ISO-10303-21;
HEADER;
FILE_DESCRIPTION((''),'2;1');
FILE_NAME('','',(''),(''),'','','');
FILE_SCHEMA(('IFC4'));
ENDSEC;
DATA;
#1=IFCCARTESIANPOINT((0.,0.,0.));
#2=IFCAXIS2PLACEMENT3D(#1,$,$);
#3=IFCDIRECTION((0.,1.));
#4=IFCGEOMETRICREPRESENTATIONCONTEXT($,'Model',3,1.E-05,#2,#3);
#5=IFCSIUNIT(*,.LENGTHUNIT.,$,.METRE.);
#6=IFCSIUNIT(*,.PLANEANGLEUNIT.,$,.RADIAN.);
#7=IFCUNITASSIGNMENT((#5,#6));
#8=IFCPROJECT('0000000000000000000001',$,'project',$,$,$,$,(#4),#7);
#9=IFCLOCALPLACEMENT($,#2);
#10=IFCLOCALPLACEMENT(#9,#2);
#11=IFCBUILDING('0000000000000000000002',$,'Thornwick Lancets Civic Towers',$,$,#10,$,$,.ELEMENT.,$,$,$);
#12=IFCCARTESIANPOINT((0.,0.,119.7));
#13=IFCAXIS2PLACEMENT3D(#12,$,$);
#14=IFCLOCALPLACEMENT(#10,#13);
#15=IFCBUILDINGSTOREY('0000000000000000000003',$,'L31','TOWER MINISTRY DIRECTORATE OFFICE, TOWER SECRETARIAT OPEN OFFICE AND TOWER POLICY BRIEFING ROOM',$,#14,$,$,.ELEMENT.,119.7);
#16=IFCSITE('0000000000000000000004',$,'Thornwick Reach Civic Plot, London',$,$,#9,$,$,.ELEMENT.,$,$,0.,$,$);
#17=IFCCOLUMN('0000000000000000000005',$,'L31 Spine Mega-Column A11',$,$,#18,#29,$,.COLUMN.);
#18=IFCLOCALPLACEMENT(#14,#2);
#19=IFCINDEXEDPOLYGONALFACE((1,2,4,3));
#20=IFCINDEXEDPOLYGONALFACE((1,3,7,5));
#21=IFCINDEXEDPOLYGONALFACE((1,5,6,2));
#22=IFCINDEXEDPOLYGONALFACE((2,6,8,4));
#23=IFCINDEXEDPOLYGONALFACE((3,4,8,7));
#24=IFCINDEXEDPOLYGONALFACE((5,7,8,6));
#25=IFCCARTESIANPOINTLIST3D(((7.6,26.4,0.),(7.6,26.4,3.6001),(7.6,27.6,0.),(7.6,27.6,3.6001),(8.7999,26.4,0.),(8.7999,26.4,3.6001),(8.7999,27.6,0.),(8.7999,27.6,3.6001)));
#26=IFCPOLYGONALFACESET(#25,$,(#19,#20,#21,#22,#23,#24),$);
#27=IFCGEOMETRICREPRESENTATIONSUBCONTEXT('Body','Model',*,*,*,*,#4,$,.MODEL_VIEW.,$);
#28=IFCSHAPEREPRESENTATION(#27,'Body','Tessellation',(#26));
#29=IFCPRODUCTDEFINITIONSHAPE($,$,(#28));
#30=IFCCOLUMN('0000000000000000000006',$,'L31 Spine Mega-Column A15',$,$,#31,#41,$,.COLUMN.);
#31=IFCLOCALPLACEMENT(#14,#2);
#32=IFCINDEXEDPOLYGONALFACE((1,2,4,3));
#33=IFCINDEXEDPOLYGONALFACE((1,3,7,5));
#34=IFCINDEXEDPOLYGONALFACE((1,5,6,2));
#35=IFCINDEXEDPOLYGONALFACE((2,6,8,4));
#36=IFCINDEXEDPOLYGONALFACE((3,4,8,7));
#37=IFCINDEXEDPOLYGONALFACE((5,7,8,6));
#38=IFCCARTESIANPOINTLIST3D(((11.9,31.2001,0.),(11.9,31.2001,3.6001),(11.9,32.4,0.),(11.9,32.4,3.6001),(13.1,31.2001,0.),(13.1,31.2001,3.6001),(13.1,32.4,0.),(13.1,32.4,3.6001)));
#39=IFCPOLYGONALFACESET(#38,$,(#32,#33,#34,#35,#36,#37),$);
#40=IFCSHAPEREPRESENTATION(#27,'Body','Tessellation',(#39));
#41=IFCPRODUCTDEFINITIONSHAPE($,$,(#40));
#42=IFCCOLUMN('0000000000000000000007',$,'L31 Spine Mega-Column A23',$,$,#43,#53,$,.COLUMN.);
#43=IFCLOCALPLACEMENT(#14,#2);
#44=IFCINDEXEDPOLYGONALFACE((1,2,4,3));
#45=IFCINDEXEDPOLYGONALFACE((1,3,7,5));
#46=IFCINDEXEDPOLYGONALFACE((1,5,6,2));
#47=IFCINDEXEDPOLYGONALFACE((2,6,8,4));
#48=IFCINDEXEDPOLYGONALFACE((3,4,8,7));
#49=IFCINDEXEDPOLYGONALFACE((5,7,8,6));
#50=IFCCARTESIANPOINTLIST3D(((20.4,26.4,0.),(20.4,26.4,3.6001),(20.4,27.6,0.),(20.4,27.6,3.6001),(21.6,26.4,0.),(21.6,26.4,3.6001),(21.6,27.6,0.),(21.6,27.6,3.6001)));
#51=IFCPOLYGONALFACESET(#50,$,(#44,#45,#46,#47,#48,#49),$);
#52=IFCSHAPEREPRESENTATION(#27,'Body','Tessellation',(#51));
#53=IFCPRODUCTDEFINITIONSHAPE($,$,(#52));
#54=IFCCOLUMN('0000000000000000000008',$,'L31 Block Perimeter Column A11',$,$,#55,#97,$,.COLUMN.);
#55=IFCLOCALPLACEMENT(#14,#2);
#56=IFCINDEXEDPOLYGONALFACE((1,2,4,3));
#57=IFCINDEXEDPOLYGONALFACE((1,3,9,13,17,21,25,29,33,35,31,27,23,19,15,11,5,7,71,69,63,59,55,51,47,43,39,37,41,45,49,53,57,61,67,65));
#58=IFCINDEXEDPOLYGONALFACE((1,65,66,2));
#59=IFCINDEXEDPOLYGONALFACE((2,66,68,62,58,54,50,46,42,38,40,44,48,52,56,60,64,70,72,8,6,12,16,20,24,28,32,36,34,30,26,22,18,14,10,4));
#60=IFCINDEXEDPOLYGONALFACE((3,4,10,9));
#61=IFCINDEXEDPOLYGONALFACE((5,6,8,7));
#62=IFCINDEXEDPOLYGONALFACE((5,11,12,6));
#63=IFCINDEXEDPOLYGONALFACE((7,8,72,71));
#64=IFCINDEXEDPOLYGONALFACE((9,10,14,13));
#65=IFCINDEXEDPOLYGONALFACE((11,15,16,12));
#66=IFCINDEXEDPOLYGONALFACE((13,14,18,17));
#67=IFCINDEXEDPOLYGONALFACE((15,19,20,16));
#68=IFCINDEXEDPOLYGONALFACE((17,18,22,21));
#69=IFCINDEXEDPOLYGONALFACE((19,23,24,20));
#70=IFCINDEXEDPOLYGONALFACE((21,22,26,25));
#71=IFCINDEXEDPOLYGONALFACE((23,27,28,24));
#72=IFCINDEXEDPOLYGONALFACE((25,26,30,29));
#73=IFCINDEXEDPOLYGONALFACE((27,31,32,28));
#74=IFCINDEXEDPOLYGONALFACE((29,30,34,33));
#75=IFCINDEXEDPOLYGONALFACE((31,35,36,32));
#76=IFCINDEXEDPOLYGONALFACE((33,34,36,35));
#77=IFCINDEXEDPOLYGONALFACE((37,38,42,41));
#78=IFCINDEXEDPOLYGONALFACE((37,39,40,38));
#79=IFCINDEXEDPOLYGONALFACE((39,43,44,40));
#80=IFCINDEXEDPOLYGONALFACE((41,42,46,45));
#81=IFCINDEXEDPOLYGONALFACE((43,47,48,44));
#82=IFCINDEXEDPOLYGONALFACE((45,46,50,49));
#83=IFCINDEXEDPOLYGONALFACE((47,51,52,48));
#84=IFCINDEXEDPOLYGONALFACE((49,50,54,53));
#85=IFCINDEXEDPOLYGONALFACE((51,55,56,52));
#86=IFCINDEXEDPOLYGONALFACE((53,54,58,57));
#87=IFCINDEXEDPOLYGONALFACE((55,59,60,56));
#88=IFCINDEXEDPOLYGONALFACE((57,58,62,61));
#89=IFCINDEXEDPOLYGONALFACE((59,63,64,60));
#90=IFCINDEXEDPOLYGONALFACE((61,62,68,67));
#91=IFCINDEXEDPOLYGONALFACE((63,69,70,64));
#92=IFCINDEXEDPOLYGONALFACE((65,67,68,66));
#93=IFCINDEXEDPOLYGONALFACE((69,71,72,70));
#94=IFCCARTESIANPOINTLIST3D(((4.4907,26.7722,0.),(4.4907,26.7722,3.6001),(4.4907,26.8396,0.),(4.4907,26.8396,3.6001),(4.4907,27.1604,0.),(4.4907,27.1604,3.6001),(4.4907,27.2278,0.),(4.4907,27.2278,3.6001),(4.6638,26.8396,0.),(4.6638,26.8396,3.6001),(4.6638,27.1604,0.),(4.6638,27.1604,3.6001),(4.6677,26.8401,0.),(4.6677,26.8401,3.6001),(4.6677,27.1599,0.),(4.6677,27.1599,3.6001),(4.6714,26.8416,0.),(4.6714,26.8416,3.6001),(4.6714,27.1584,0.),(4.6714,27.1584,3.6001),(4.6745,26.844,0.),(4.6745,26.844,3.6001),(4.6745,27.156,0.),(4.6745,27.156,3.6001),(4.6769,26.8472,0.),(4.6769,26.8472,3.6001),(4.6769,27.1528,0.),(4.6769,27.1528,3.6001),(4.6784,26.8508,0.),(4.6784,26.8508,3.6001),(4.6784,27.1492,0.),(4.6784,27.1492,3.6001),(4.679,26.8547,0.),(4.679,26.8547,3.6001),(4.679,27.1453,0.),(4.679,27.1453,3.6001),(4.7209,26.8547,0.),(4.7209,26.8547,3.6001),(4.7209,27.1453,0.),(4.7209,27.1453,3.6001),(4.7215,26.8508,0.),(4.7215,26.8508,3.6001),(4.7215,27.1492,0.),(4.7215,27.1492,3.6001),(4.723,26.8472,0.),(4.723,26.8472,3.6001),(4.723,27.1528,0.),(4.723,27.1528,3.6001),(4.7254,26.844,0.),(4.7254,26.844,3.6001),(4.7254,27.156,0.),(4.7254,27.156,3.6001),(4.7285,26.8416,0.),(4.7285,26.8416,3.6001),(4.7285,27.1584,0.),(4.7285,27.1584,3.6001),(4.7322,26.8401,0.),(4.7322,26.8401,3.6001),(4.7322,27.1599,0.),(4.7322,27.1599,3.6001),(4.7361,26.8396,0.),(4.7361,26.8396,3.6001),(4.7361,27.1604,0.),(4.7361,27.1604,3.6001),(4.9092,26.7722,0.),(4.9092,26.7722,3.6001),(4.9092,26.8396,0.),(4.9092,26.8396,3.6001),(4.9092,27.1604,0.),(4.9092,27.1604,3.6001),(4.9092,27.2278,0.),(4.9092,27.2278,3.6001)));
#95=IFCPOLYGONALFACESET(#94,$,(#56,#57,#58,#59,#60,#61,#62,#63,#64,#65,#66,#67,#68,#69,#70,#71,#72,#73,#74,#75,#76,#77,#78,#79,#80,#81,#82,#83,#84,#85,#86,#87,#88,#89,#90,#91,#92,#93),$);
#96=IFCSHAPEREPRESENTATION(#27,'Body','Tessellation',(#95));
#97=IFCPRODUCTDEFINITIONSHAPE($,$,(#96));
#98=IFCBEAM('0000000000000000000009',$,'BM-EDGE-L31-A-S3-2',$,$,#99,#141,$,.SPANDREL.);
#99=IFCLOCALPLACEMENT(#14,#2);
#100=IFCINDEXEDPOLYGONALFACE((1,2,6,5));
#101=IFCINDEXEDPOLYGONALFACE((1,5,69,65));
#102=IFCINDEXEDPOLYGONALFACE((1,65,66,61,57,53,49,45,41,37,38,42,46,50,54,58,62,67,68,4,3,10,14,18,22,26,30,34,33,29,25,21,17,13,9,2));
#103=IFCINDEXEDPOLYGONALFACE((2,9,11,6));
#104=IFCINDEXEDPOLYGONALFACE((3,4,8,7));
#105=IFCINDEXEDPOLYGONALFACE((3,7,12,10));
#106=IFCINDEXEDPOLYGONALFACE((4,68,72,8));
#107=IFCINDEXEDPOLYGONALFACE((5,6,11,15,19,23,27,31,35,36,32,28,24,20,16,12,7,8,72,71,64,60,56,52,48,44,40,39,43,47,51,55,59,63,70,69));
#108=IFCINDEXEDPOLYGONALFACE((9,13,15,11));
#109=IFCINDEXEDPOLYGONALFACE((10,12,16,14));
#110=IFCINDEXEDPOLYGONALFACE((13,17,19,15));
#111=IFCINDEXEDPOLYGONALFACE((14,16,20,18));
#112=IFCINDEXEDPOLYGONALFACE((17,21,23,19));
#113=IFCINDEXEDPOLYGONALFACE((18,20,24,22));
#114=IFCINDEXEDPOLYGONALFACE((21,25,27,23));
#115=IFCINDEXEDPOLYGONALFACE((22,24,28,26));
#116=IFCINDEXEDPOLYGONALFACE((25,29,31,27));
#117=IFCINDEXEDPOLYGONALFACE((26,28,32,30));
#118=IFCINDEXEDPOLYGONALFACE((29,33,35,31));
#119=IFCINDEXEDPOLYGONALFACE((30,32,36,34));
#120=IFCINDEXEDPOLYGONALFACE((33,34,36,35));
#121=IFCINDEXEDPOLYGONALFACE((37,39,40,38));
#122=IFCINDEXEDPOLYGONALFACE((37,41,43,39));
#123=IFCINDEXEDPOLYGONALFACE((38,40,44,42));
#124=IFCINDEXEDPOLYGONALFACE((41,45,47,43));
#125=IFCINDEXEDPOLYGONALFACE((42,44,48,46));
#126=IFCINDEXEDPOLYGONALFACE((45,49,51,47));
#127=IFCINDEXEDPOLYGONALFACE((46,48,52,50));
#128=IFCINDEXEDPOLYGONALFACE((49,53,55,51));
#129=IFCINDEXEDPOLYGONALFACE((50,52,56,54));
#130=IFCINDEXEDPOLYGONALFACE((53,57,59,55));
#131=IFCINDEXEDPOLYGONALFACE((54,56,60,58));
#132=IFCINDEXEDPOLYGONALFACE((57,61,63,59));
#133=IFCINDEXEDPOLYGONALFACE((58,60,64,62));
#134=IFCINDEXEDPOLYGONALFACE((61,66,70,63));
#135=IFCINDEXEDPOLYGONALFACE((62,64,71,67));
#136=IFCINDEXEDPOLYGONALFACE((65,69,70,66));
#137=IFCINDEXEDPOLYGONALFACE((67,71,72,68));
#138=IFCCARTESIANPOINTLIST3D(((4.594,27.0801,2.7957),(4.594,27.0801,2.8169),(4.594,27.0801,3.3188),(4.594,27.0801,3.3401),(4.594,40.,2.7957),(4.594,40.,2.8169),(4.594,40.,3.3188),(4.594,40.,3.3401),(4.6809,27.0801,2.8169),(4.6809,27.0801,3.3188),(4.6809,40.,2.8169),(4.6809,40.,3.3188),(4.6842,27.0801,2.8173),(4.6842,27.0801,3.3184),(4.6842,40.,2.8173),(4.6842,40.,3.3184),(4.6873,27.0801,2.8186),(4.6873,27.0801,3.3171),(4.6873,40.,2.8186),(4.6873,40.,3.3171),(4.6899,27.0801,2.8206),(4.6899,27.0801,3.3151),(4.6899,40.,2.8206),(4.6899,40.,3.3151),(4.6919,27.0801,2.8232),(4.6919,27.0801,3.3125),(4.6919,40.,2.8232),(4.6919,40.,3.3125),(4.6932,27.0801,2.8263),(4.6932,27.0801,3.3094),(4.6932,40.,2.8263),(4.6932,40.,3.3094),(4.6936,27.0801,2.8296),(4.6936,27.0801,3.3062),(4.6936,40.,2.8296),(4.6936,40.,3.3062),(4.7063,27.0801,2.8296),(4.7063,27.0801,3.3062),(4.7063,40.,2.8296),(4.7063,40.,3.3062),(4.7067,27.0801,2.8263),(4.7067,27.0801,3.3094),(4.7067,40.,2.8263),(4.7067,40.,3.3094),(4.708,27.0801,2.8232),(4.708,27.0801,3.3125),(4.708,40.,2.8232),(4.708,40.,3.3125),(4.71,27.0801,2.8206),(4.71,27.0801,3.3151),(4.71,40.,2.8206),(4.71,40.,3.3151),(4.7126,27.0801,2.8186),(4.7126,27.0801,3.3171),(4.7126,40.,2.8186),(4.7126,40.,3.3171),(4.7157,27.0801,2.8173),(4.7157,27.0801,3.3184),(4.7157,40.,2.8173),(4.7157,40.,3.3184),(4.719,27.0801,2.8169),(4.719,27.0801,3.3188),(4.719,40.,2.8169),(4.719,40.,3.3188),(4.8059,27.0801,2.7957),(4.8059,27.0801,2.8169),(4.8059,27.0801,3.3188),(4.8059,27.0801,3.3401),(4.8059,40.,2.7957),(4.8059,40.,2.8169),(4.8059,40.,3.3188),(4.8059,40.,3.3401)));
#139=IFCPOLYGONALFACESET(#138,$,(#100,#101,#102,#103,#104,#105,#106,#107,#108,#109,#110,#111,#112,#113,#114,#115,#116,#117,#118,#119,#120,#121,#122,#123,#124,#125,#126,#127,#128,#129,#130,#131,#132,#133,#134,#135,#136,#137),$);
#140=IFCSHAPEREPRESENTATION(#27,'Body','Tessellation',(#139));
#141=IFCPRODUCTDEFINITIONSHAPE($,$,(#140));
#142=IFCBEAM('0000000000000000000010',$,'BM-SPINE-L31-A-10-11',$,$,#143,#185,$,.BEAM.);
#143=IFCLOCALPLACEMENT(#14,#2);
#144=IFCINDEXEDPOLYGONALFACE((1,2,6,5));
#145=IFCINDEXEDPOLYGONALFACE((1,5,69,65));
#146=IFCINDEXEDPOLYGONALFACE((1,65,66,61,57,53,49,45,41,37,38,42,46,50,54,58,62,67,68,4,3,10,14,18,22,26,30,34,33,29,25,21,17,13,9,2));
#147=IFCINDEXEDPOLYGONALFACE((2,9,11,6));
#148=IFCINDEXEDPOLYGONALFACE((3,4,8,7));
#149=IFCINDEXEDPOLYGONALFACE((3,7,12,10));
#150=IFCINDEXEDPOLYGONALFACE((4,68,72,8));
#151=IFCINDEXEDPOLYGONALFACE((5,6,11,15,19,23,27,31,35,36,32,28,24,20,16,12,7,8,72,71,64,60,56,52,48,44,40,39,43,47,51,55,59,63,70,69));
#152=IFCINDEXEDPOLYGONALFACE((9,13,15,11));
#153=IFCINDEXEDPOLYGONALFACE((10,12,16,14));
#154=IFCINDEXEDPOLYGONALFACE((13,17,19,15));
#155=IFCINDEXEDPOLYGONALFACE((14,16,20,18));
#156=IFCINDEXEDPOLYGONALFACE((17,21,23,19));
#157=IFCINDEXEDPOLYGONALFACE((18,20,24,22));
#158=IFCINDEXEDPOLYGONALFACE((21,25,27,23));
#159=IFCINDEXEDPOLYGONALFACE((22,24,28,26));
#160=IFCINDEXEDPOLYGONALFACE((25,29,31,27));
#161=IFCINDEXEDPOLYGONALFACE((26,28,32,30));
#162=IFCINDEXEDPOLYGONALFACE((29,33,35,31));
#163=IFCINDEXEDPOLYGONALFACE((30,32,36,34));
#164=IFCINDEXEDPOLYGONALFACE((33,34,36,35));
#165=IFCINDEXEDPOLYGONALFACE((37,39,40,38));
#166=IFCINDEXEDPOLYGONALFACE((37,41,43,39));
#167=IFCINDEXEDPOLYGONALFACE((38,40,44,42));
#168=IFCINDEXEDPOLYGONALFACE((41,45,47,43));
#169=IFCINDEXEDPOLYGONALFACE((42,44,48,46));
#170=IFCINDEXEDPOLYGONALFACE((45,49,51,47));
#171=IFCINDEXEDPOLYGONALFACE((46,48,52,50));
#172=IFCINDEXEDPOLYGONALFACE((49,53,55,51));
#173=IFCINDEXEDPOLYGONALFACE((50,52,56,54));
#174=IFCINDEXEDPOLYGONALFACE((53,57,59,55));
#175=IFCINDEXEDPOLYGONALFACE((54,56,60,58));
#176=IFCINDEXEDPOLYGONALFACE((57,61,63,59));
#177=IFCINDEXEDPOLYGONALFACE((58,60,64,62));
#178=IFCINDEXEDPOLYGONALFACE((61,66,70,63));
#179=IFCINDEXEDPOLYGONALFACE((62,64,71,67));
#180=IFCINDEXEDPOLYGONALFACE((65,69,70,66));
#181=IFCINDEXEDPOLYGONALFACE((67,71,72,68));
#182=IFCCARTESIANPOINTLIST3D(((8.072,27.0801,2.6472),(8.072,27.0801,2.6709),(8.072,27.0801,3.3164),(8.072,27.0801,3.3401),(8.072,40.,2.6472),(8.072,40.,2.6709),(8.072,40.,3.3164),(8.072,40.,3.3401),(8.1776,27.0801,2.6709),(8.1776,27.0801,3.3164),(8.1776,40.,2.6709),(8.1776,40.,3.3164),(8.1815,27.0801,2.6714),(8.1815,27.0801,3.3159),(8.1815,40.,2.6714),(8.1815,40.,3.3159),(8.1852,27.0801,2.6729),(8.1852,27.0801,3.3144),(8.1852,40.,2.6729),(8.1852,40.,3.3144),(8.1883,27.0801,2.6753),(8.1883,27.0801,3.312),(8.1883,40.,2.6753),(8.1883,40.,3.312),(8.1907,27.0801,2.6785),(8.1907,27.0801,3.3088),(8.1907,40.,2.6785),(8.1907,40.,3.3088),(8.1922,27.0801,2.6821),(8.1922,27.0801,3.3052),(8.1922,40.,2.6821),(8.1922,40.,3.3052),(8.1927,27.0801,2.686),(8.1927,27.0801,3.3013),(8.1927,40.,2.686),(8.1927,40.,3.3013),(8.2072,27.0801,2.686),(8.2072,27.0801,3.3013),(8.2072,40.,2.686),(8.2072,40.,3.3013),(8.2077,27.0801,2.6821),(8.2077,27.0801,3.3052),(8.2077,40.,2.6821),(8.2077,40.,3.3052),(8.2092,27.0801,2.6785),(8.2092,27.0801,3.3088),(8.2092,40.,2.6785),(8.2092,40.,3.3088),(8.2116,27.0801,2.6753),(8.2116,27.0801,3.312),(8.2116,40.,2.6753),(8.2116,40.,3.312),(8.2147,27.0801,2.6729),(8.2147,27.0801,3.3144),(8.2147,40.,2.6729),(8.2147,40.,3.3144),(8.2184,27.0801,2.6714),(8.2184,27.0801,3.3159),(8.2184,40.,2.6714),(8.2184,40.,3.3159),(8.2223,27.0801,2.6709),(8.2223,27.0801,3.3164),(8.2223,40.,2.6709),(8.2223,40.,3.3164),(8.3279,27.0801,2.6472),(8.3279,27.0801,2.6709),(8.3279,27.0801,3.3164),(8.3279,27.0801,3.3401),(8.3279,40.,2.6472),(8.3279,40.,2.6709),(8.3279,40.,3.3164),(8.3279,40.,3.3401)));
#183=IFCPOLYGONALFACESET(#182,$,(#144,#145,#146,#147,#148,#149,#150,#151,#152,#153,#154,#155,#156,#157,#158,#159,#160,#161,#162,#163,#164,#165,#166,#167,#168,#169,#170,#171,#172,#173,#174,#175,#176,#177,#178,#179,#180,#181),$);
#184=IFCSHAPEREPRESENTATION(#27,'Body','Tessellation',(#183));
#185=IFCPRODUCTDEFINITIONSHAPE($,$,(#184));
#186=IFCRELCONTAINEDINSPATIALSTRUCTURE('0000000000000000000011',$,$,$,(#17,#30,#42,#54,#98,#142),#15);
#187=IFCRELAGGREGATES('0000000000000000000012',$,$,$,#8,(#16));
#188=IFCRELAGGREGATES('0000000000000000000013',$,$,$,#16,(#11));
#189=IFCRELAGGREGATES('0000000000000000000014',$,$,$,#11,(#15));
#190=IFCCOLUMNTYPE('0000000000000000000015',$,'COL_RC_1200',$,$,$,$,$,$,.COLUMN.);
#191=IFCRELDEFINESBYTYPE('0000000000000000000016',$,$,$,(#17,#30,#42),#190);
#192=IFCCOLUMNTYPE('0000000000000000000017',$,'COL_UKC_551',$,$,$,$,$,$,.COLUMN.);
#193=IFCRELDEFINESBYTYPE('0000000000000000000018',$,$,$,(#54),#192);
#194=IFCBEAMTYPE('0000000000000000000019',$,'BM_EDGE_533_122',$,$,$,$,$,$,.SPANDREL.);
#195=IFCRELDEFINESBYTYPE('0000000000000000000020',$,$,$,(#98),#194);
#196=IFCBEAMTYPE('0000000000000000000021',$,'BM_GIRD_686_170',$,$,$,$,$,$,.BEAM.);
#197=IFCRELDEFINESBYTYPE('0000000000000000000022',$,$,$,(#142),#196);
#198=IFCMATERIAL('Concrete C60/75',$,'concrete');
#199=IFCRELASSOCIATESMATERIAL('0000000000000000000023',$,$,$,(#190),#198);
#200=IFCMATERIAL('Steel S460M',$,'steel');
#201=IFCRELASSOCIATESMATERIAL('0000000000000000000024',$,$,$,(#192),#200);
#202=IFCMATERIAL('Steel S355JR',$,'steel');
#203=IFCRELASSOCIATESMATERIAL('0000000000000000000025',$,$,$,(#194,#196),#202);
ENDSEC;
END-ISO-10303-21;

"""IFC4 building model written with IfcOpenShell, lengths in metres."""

from ifc_helpers import new_model, si_unit, direction, frame, origin, origin_2d, place, context, subcontext, project, spatial, rectangle, i_section, extrude, material, material_profile, profile_set, type_object, element, save


model = new_model("IFC4")

# Units and contexts
model_context = context("Model", 3, precision=1e-05, world=origin(), true_north=direction((0.0, 1.0)))
body_context = subcontext(model_context, "Body", "Model", "MODEL_VIEW")
ifc_project = project(units=[si_unit("LENGTHUNIT", "METRE"), si_unit("PLANEANGLEUNIT", "RADIAN")], contexts=[model_context])

# Site, building, storey
site_placement = place(None, origin())
site = spatial("IfcSite", under=ifc_project, at=site_placement, Name="Thornwick Reach Civic Plot, London", CompositionType="ELEMENT", RefElevation=0.0)
building_placement = place(site_placement, origin())
building = spatial("IfcBuilding", under=site, at=building_placement, Name="Thornwick Lancets Civic Towers", CompositionType="ELEMENT")
storey_placement = place(building_placement, frame((0.0, 0.0, 119.7)))
storey = spatial("IfcBuildingStorey", under=building, at=storey_placement, Name="L31", Description="TOWER MINISTRY DIRECTORATE OFFICE, TOWER SECRETARIAT OPEN OFFICE AND TOWER POLICY BRIEFING ROOM", CompositionType="ELEMENT", Elevation=119.7)

# Columns
ifc_material_1 = material(Name="Concrete C60/75", Category="concrete")
ifc_material_profile_1 = material_profile(ifc_material_1, rectangle(XDim=1.2, YDim=1.2, at=origin_2d()), Name="RC 1200x1200")
ifc_profile_set_1 = profile_set([ifc_material_profile_1], Name="Concrete C60/75")
column_type_1 = type_object("IfcColumnType", Name="COL_RC_1200", PredefinedType="COLUMN", material=ifc_profile_set_1)
for number, where, z_axis, x_axis, name in (
    (1, (8.2, 27.0, 0.0), (0.0, 0.0, 1.0), (1.0, 0.0, 0.0), "L31 Spine Mega-Column A11"),
    (2, (12.5, 31.8, 0.0), (0.0, 0.0, 1.0), (1.0, 0.0, 0.0), "L31 Spine Mega-Column A15"),
    (3, (21.0, 27.0, 0.0), (0.0, 0.0, 1.0), (1.0, 0.0, 0.0), "L31 Spine Mega-Column A23"),
):
    element("IfcColumn", number, at=place(storey_placement, frame(where, z_axis=z_axis, x_axis=x_axis)), inside=storey, type_object=column_type_1, Name=name, PredefinedType="COLUMN", context=body_context, shape_type="SweptSolid", body=[
        extrude(rectangle(XDim=1.2, YDim=1.2, at=origin_2d()), origin(), (0.0, 0.0, 1.0), 3.6001),
    ])
ifc_material_2 = material(Name="Steel S460M", Category="steel")
ifc_material_profile_2 = material_profile(ifc_material_2, i_section(OverallWidth=0.4185, OverallDepth=0.4556, WebThickness=0.042, FlangeThickness=0.0674, FilletRadius=0.0151, at=origin_2d()), Name="UKC 356x406x551")
ifc_profile_set_2 = profile_set([ifc_material_profile_2], Name="Steel S460M")
column_type_2 = type_object("IfcColumnType", Name="COL_UKC_551", PredefinedType="COLUMN", material=ifc_profile_set_2)
column_placement = place(storey_placement, frame((4.7, 27.0, 0.0), z_axis=(0.0, 0.0, 1.0), x_axis=(1.0, 0.0, 0.0)))
element("IfcColumn", 4, at=column_placement, inside=storey, type_object=column_type_2, Name="L31 Block Perimeter Column A11", PredefinedType="COLUMN", context=body_context, shape_type="SweptSolid", body=[
    extrude(i_section(OverallWidth=0.4185, OverallDepth=0.4556, WebThickness=0.042, FlangeThickness=0.0674, FilletRadius=0.0151, at=origin_2d()), origin(), (0.0, 0.0, 1.0), 3.6001),
])

# Beams
ifc_material_3 = material(Name="Steel S355JR", Category="steel")
ifc_material_profile_3 = material_profile(ifc_material_3, i_section(OverallWidth=0.2119, OverallDepth=0.5444, WebThickness=0.0127, FlangeThickness=0.0212, FilletRadius=0.0127, at=origin_2d()), Name="UKB 533x210x122")
ifc_profile_set_3 = profile_set([ifc_material_profile_3], Name="Steel S355JR")
beam_type_1 = type_object("IfcBeamType", Name="BM_EDGE_533_122", PredefinedType="SPANDREL", material=ifc_profile_set_3)
beam_1_placement = place(storey_placement, frame((4.7, 27.0801, 3.0679), z_axis=(0.0, 1.0, 0.0), x_axis=(-1.0, 0.0, 0.0)))
element("IfcBeam", 5, at=beam_1_placement, inside=storey, type_object=beam_type_1, Name="BM-EDGE-L31-A-S3-2", PredefinedType="SPANDREL", context=body_context, shape_type="SweptSolid", body=[
    extrude(i_section(OverallWidth=0.2119, OverallDepth=0.5444, WebThickness=0.0127, FlangeThickness=0.0212, FilletRadius=0.0127, at=origin_2d()), origin(), (0.0, 0.0, 1.0), 12.9199),
])
ifc_material_profile_4 = material_profile(ifc_material_3, i_section(OverallWidth=0.2559, OverallDepth=0.6929, WebThickness=0.0144, FlangeThickness=0.0237, FilletRadius=0.0151, at=origin_2d()), Name="UKB 686x254x170")
ifc_profile_set_4 = profile_set([ifc_material_profile_4], Name="Steel S355JR")
beam_type_2 = type_object("IfcBeamType", Name="BM_GIRD_686_170", PredefinedType="BEAM", material=ifc_profile_set_4)
beam_2_placement = place(storey_placement, frame((8.2, 27.0801, 2.9937), z_axis=(0.0, 1.0, 0.0), x_axis=(-1.0, 0.0, 0.0)))
element("IfcBeam", 6, at=beam_2_placement, inside=storey, type_object=beam_type_2, Name="BM-SPINE-L31-A-10-11", PredefinedType="BEAM", context=body_context, shape_type="SweptSolid", body=[
    extrude(i_section(OverallWidth=0.2559, OverallDepth=0.6929, WebThickness=0.0144, FlangeThickness=0.0237, FilletRadius=0.0151, at=origin_2d()), origin(), (0.0, 0.0, 1.0), 12.9199),
])

save(model, "model.ifc")
